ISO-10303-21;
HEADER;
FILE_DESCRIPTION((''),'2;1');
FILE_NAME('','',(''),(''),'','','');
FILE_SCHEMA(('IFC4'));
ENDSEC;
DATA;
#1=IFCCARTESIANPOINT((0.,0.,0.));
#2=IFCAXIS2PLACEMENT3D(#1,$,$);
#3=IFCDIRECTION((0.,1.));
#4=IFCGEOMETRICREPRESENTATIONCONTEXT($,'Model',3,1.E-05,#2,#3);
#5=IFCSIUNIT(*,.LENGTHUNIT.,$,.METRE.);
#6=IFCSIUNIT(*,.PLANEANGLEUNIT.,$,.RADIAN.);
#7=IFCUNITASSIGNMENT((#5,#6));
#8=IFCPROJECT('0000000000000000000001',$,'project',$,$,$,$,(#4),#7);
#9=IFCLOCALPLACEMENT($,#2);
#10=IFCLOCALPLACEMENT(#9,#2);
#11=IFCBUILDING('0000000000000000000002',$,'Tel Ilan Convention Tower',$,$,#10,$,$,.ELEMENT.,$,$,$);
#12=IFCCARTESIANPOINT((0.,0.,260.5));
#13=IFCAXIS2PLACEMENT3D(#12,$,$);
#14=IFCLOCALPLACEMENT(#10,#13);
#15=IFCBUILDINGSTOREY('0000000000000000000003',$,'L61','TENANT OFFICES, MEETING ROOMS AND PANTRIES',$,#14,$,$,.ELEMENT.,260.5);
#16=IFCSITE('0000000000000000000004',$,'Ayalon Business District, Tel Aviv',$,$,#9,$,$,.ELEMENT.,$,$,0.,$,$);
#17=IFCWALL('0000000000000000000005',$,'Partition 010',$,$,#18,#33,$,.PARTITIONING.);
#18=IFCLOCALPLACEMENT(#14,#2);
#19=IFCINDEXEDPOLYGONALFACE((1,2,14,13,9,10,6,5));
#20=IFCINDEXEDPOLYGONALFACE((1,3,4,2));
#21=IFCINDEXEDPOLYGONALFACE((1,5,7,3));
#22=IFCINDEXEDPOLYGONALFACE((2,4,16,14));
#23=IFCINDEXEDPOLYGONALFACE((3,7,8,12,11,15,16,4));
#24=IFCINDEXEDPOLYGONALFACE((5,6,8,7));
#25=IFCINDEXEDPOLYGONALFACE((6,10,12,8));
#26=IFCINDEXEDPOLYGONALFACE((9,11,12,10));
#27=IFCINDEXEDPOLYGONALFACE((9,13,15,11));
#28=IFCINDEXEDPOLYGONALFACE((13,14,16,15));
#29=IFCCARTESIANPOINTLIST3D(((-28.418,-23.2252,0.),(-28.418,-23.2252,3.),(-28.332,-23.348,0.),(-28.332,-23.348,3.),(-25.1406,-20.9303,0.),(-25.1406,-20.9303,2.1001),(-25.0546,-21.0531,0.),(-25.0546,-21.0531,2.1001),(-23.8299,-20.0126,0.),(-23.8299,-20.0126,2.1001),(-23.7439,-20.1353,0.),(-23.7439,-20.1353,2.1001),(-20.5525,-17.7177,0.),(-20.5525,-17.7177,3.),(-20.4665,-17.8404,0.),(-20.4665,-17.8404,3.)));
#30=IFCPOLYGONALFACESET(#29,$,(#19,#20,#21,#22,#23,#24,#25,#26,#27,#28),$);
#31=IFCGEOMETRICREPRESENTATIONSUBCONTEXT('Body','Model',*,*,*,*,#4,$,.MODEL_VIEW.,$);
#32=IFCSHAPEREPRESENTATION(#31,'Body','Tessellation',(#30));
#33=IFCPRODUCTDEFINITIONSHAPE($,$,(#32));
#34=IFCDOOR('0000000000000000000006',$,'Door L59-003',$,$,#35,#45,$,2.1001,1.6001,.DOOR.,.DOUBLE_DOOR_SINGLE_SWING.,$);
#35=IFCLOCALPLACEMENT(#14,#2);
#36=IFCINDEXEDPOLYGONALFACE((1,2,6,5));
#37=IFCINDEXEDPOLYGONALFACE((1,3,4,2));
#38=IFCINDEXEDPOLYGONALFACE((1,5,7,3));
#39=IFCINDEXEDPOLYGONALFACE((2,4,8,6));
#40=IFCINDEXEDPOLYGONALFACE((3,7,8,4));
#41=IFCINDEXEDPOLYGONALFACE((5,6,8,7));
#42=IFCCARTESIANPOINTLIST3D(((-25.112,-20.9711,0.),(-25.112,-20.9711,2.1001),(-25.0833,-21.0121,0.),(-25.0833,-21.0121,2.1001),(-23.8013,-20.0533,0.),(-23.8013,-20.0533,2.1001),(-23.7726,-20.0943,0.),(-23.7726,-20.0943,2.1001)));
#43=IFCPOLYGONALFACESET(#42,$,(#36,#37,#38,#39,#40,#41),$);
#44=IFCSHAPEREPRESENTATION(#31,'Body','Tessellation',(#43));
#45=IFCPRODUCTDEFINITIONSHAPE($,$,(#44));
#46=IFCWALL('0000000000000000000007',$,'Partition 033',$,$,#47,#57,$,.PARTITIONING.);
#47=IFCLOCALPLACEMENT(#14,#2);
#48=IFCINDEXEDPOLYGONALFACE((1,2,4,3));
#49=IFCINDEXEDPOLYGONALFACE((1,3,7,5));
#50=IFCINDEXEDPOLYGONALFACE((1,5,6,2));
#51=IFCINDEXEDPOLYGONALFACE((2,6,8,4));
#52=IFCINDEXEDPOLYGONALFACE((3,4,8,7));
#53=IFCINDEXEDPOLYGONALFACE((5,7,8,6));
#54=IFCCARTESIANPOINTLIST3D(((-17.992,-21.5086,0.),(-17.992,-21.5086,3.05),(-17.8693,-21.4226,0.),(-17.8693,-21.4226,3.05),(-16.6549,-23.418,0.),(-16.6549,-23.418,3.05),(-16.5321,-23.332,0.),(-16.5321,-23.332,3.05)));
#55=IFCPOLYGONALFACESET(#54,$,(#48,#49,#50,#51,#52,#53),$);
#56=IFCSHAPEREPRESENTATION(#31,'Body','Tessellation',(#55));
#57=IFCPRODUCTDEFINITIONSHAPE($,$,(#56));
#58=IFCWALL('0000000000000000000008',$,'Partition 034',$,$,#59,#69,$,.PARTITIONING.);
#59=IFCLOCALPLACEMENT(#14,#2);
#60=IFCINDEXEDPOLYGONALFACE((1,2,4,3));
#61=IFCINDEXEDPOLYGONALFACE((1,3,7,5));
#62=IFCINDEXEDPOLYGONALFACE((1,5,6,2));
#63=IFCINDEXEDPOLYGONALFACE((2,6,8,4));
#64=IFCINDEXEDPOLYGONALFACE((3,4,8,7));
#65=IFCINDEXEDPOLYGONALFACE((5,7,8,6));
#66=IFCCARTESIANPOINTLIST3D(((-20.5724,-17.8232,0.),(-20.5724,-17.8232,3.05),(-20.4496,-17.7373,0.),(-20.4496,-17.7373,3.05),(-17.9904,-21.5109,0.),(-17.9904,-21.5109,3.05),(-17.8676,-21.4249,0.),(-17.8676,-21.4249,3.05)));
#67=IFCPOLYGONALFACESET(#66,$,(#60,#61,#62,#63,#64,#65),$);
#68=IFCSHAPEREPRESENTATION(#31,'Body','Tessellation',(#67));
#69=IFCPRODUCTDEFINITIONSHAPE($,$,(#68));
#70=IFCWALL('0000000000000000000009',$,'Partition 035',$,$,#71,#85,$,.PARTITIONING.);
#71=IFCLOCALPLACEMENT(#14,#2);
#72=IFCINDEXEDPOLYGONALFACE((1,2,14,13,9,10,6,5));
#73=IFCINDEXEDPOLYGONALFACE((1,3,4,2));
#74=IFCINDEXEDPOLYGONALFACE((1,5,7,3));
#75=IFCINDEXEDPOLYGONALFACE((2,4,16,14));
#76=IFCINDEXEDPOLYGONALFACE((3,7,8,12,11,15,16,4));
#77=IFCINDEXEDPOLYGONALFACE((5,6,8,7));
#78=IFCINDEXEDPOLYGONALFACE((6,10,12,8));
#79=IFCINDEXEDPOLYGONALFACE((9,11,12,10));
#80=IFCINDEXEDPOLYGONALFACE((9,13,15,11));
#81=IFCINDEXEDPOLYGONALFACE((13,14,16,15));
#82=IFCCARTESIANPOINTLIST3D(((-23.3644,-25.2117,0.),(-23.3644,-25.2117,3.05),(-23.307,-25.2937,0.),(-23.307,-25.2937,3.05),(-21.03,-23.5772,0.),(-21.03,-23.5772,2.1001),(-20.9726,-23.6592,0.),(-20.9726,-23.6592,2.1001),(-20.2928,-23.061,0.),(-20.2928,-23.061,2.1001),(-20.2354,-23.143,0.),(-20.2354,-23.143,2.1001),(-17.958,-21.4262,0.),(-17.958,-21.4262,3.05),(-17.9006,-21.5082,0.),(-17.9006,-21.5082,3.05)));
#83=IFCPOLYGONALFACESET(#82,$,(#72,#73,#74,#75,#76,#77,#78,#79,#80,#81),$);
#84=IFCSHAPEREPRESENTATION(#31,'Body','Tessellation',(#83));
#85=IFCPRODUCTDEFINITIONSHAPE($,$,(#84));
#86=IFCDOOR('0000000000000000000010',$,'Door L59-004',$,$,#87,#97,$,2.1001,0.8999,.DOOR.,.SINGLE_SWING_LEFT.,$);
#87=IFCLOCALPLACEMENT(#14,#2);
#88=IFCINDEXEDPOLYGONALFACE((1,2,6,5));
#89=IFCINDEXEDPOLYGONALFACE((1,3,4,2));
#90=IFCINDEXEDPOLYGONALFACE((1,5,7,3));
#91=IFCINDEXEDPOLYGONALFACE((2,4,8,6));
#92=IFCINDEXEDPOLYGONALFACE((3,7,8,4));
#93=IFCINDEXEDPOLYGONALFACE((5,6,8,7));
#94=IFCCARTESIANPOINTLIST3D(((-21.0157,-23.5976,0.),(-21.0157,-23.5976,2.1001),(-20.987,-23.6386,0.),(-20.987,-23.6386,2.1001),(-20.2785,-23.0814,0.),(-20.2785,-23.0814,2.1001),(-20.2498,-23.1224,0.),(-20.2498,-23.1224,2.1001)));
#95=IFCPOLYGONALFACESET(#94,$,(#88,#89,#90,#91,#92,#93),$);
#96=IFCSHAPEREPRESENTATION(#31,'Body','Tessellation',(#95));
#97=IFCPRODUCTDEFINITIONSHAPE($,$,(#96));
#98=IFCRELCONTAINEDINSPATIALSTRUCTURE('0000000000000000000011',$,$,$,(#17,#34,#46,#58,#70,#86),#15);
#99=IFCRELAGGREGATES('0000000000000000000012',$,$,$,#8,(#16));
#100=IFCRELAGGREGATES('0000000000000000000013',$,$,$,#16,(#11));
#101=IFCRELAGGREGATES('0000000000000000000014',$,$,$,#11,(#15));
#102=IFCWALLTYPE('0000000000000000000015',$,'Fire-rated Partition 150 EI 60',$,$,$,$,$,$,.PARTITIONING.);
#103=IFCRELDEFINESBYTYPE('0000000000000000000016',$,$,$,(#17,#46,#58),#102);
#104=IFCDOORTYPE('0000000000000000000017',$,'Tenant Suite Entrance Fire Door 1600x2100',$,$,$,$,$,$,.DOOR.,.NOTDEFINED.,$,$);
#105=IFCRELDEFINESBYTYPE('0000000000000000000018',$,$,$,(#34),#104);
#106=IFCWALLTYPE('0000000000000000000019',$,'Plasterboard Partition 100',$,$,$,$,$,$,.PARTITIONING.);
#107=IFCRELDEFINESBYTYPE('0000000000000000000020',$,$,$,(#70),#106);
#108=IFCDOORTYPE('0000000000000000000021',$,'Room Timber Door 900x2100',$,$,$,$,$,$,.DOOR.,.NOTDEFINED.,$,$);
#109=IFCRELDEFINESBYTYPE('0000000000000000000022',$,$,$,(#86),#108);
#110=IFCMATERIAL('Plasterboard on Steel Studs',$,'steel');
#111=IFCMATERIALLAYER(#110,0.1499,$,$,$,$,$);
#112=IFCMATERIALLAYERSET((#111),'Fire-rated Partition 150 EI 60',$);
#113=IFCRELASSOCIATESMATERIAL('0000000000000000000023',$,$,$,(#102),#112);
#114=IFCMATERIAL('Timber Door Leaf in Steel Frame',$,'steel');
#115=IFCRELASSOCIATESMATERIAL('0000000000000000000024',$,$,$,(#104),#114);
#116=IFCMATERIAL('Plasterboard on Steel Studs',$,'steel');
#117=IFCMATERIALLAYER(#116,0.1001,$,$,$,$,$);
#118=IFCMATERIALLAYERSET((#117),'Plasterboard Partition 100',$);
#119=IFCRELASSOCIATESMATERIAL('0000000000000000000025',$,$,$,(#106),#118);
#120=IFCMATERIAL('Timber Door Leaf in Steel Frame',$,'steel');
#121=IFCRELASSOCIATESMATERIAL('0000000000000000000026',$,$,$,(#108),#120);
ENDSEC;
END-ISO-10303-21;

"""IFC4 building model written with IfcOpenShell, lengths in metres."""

from ifc_helpers import new_model, si_unit, direction, frame, frame_2d, origin, place, context, subcontext, project, spatial, rectangle, extrude, material, layer, layer_set, type_object, element, fill, save


model = new_model("IFC4")

# Units and contexts
model_context = context("Model", 3, precision=1e-05, world=origin(), true_north=direction((0.0, 1.0)))
body_context = subcontext(model_context, "Body", "Model", "MODEL_VIEW")
ifc_project = project(units=[si_unit("LENGTHUNIT", "METRE"), si_unit("PLANEANGLEUNIT", "RADIAN")], contexts=[model_context])

# Site, building, storey
site_placement = place(None, origin())
site = spatial("IfcSite", under=ifc_project, at=site_placement, Name="Ayalon Business District, Tel Aviv", CompositionType="ELEMENT", RefElevation=0.0)
building_placement = place(site_placement, origin())
building = spatial("IfcBuilding", under=site, at=building_placement, Name="Tel Ilan Convention Tower", CompositionType="ELEMENT")
storey_placement = place(building_placement, frame((0.0, 0.0, 260.5)))
storey = spatial("IfcBuildingStorey", under=building, at=storey_placement, Name="L61", Description="TENANT OFFICES, MEETING ROOMS AND PANTRIES", CompositionType="ELEMENT", Elevation=260.5)

# Wall, opening, door
ifc_material_1 = material(Name="Plasterboard on Steel Studs", Category="steel")
ifc_layer_1 = layer(ifc_material_1, 0.1499)
ifc_layer_set_1 = layer_set([ifc_layer_1], Name="Fire-rated Partition 150 EI 60")
wall_type_1 = type_object("IfcWallType", Name="Fire-rated Partition 150 EI 60", PredefinedType="PARTITIONING", material=ifc_layer_set_1)
wall_1_placement = place(storey_placement, frame((-20.5095, -17.7791, 0.0), z_axis=(0.0, 0.0, 1.0), x_axis=(-0.819147, -0.573583, 0.0)))
wall_1 = element("IfcWall", 1, at=wall_1_placement, inside=storey, type_object=wall_type_1, Name="Partition 010", PredefinedType="PARTITIONING", context=body_context, shape_type="SweptSolid", body=[
    extrude(rectangle(XDim=9.6021, YDim=0.1499, at=frame_2d((4.801, 0.0))), origin(), (0.0, 0.0, 1.0), 3.0),
])
opening_1_placement = place(wall_1_placement, frame((4.001, 0.0, 0.0)))
opening_1 = element("IfcOpeningElement", 2, at=opening_1_placement, cuts=wall_1, PredefinedType="OPENING", context=body_context, shape_type="SweptSolid", body=[
    extrude(rectangle(XDim=1.6001, YDim=2.1001, at=frame_2d((0.8, 1.05))), frame((0.0, 0.085, 0.0), z_axis=(0.0, -1.0, 0.0), x_axis=(1.0, 0.0, 0.0)), (0.0, 0.0, 1.0), 0.1699),
])
ifc_material_2 = material(Name="Timber Door Leaf in Steel Frame", Category="steel")
door_type_1 = type_object("IfcDoorType", Name="Tenant Suite Entrance Fire Door 1600x2100", OperationType="NOTDEFINED", PredefinedType="DOOR", material=ifc_material_2)
door_1_placement = place(opening_1_placement, origin())
door_1 = element("IfcDoor", 3, at=door_1_placement, inside=storey, type_object=door_type_1, Name="Door L59-003", OperationType="DOUBLE_DOOR_SINGLE_SWING", OverallHeight=2.1001, OverallWidth=1.6001, PredefinedType="DOOR", context=body_context, shape_type="SweptSolid", body=[
    extrude(rectangle(XDim=1.6001, YDim=2.1001, at=frame_2d((0.8, 1.05))), frame((0.0, 0.0249, 0.0), z_axis=(0.0, -1.0, 0.0), x_axis=(1.0, 0.0, 0.0)), (0.0, 0.0, 1.0), 0.05),
])
fill(opening_1, door_1)

# Walls
wall_2_placement = place(storey_placement, frame((-16.5935, -23.375, 0.0), z_axis=(0.0, 0.0, 1.0), x_axis=(-0.573624, 0.819119, 0.0)))
element("IfcWall", 4, at=wall_2_placement, inside=storey, type_object=wall_type_1, Name="Partition 033", PredefinedType="PARTITIONING", context=body_context, shape_type="SweptSolid", body=[
    extrude(rectangle(XDim=2.3311, YDim=0.1499, at=frame_2d((1.1655, 0.0))), origin(), (0.0, 0.0, 1.0), 3.05),
])
wall_3_placement = place(storey_placement, frame((-17.929, -21.468, 0.0), z_axis=(0.0, 0.0, 1.0), x_axis=(-0.573553, 0.819168, 0.0)))
element("IfcWall", 5, at=wall_3_placement, inside=storey, type_object=wall_type_1, Name="Partition 034", PredefinedType="PARTITIONING", context=body_context, shape_type="SweptSolid", body=[
    extrude(rectangle(XDim=4.5017, YDim=0.1499, at=frame_2d((2.251, 0.0))), origin(), (0.0, 0.0, 1.0), 3.05),
])

# Wall, opening, door
ifc_material_3 = material(Name="Plasterboard on Steel Studs", Category="steel")
ifc_layer_2 = layer(ifc_material_3, 0.1001)
ifc_layer_set_2 = layer_set([ifc_layer_2], Name="Plasterboard Partition 100")
wall_type_2 = type_object("IfcWallType", Name="Plasterboard Partition 100", PredefinedType="PARTITIONING", material=ifc_layer_set_2)
wall_4_placement = place(storey_placement, frame((-17.9294, -21.4673, 0.0), z_axis=(0.0, 0.0, 1.0), x_axis=(-0.819159, -0.573567, 0.0)))
wall_4 = element("IfcWall", 6, at=wall_4_placement, inside=storey, type_object=wall_type_2, Name="Partition 035", PredefinedType="PARTITIONING", context=body_context, shape_type="SweptSolid", body=[
    extrude(rectangle(XDim=6.5999, YDim=0.1001, at=frame_2d((3.2998, 0.0))), origin(), (0.0, 0.0, 1.0), 3.05),
])
opening_2_placement = place(wall_4_placement, frame((2.8501, 0.0, 0.0)))
opening_2 = element("IfcOpeningElement", 7, at=opening_2_placement, cuts=wall_4, PredefinedType="OPENING", context=body_context, shape_type="SweptSolid", body=[
    extrude(rectangle(XDim=0.8999, YDim=2.1001, at=frame_2d((0.45, 1.05))), frame((0.0, 0.0601, 0.0), z_axis=(0.0, -1.0, 0.0), x_axis=(1.0, 0.0, 0.0)), (0.0, 0.0, 1.0), 0.1201),
])
ifc_material_4 = material(Name="Timber Door Leaf in Steel Frame", Category="steel")
door_type_2 = type_object("IfcDoorType", Name="Room Timber Door 900x2100", OperationType="NOTDEFINED", PredefinedType="DOOR", material=ifc_material_4)
door_2_placement = place(opening_2_placement, origin())
door_2 = element("IfcDoor", 8, at=door_2_placement, inside=storey, type_object=door_type_2, Name="Door L59-004", OperationType="SINGLE_SWING_LEFT", OverallHeight=2.1001, OverallWidth=0.8999, PredefinedType="DOOR", context=body_context, shape_type="SweptSolid", body=[
    extrude(rectangle(XDim=0.8999, YDim=2.1001, at=frame_2d((0.45, 1.05))), frame((0.0, 0.0249, 0.0), z_axis=(0.0, -1.0, 0.0), x_axis=(1.0, 0.0, 0.0)), (0.0, 0.0, 1.0), 0.05),
])
fill(opening_2, door_2)

save(model, "model.ifc")
